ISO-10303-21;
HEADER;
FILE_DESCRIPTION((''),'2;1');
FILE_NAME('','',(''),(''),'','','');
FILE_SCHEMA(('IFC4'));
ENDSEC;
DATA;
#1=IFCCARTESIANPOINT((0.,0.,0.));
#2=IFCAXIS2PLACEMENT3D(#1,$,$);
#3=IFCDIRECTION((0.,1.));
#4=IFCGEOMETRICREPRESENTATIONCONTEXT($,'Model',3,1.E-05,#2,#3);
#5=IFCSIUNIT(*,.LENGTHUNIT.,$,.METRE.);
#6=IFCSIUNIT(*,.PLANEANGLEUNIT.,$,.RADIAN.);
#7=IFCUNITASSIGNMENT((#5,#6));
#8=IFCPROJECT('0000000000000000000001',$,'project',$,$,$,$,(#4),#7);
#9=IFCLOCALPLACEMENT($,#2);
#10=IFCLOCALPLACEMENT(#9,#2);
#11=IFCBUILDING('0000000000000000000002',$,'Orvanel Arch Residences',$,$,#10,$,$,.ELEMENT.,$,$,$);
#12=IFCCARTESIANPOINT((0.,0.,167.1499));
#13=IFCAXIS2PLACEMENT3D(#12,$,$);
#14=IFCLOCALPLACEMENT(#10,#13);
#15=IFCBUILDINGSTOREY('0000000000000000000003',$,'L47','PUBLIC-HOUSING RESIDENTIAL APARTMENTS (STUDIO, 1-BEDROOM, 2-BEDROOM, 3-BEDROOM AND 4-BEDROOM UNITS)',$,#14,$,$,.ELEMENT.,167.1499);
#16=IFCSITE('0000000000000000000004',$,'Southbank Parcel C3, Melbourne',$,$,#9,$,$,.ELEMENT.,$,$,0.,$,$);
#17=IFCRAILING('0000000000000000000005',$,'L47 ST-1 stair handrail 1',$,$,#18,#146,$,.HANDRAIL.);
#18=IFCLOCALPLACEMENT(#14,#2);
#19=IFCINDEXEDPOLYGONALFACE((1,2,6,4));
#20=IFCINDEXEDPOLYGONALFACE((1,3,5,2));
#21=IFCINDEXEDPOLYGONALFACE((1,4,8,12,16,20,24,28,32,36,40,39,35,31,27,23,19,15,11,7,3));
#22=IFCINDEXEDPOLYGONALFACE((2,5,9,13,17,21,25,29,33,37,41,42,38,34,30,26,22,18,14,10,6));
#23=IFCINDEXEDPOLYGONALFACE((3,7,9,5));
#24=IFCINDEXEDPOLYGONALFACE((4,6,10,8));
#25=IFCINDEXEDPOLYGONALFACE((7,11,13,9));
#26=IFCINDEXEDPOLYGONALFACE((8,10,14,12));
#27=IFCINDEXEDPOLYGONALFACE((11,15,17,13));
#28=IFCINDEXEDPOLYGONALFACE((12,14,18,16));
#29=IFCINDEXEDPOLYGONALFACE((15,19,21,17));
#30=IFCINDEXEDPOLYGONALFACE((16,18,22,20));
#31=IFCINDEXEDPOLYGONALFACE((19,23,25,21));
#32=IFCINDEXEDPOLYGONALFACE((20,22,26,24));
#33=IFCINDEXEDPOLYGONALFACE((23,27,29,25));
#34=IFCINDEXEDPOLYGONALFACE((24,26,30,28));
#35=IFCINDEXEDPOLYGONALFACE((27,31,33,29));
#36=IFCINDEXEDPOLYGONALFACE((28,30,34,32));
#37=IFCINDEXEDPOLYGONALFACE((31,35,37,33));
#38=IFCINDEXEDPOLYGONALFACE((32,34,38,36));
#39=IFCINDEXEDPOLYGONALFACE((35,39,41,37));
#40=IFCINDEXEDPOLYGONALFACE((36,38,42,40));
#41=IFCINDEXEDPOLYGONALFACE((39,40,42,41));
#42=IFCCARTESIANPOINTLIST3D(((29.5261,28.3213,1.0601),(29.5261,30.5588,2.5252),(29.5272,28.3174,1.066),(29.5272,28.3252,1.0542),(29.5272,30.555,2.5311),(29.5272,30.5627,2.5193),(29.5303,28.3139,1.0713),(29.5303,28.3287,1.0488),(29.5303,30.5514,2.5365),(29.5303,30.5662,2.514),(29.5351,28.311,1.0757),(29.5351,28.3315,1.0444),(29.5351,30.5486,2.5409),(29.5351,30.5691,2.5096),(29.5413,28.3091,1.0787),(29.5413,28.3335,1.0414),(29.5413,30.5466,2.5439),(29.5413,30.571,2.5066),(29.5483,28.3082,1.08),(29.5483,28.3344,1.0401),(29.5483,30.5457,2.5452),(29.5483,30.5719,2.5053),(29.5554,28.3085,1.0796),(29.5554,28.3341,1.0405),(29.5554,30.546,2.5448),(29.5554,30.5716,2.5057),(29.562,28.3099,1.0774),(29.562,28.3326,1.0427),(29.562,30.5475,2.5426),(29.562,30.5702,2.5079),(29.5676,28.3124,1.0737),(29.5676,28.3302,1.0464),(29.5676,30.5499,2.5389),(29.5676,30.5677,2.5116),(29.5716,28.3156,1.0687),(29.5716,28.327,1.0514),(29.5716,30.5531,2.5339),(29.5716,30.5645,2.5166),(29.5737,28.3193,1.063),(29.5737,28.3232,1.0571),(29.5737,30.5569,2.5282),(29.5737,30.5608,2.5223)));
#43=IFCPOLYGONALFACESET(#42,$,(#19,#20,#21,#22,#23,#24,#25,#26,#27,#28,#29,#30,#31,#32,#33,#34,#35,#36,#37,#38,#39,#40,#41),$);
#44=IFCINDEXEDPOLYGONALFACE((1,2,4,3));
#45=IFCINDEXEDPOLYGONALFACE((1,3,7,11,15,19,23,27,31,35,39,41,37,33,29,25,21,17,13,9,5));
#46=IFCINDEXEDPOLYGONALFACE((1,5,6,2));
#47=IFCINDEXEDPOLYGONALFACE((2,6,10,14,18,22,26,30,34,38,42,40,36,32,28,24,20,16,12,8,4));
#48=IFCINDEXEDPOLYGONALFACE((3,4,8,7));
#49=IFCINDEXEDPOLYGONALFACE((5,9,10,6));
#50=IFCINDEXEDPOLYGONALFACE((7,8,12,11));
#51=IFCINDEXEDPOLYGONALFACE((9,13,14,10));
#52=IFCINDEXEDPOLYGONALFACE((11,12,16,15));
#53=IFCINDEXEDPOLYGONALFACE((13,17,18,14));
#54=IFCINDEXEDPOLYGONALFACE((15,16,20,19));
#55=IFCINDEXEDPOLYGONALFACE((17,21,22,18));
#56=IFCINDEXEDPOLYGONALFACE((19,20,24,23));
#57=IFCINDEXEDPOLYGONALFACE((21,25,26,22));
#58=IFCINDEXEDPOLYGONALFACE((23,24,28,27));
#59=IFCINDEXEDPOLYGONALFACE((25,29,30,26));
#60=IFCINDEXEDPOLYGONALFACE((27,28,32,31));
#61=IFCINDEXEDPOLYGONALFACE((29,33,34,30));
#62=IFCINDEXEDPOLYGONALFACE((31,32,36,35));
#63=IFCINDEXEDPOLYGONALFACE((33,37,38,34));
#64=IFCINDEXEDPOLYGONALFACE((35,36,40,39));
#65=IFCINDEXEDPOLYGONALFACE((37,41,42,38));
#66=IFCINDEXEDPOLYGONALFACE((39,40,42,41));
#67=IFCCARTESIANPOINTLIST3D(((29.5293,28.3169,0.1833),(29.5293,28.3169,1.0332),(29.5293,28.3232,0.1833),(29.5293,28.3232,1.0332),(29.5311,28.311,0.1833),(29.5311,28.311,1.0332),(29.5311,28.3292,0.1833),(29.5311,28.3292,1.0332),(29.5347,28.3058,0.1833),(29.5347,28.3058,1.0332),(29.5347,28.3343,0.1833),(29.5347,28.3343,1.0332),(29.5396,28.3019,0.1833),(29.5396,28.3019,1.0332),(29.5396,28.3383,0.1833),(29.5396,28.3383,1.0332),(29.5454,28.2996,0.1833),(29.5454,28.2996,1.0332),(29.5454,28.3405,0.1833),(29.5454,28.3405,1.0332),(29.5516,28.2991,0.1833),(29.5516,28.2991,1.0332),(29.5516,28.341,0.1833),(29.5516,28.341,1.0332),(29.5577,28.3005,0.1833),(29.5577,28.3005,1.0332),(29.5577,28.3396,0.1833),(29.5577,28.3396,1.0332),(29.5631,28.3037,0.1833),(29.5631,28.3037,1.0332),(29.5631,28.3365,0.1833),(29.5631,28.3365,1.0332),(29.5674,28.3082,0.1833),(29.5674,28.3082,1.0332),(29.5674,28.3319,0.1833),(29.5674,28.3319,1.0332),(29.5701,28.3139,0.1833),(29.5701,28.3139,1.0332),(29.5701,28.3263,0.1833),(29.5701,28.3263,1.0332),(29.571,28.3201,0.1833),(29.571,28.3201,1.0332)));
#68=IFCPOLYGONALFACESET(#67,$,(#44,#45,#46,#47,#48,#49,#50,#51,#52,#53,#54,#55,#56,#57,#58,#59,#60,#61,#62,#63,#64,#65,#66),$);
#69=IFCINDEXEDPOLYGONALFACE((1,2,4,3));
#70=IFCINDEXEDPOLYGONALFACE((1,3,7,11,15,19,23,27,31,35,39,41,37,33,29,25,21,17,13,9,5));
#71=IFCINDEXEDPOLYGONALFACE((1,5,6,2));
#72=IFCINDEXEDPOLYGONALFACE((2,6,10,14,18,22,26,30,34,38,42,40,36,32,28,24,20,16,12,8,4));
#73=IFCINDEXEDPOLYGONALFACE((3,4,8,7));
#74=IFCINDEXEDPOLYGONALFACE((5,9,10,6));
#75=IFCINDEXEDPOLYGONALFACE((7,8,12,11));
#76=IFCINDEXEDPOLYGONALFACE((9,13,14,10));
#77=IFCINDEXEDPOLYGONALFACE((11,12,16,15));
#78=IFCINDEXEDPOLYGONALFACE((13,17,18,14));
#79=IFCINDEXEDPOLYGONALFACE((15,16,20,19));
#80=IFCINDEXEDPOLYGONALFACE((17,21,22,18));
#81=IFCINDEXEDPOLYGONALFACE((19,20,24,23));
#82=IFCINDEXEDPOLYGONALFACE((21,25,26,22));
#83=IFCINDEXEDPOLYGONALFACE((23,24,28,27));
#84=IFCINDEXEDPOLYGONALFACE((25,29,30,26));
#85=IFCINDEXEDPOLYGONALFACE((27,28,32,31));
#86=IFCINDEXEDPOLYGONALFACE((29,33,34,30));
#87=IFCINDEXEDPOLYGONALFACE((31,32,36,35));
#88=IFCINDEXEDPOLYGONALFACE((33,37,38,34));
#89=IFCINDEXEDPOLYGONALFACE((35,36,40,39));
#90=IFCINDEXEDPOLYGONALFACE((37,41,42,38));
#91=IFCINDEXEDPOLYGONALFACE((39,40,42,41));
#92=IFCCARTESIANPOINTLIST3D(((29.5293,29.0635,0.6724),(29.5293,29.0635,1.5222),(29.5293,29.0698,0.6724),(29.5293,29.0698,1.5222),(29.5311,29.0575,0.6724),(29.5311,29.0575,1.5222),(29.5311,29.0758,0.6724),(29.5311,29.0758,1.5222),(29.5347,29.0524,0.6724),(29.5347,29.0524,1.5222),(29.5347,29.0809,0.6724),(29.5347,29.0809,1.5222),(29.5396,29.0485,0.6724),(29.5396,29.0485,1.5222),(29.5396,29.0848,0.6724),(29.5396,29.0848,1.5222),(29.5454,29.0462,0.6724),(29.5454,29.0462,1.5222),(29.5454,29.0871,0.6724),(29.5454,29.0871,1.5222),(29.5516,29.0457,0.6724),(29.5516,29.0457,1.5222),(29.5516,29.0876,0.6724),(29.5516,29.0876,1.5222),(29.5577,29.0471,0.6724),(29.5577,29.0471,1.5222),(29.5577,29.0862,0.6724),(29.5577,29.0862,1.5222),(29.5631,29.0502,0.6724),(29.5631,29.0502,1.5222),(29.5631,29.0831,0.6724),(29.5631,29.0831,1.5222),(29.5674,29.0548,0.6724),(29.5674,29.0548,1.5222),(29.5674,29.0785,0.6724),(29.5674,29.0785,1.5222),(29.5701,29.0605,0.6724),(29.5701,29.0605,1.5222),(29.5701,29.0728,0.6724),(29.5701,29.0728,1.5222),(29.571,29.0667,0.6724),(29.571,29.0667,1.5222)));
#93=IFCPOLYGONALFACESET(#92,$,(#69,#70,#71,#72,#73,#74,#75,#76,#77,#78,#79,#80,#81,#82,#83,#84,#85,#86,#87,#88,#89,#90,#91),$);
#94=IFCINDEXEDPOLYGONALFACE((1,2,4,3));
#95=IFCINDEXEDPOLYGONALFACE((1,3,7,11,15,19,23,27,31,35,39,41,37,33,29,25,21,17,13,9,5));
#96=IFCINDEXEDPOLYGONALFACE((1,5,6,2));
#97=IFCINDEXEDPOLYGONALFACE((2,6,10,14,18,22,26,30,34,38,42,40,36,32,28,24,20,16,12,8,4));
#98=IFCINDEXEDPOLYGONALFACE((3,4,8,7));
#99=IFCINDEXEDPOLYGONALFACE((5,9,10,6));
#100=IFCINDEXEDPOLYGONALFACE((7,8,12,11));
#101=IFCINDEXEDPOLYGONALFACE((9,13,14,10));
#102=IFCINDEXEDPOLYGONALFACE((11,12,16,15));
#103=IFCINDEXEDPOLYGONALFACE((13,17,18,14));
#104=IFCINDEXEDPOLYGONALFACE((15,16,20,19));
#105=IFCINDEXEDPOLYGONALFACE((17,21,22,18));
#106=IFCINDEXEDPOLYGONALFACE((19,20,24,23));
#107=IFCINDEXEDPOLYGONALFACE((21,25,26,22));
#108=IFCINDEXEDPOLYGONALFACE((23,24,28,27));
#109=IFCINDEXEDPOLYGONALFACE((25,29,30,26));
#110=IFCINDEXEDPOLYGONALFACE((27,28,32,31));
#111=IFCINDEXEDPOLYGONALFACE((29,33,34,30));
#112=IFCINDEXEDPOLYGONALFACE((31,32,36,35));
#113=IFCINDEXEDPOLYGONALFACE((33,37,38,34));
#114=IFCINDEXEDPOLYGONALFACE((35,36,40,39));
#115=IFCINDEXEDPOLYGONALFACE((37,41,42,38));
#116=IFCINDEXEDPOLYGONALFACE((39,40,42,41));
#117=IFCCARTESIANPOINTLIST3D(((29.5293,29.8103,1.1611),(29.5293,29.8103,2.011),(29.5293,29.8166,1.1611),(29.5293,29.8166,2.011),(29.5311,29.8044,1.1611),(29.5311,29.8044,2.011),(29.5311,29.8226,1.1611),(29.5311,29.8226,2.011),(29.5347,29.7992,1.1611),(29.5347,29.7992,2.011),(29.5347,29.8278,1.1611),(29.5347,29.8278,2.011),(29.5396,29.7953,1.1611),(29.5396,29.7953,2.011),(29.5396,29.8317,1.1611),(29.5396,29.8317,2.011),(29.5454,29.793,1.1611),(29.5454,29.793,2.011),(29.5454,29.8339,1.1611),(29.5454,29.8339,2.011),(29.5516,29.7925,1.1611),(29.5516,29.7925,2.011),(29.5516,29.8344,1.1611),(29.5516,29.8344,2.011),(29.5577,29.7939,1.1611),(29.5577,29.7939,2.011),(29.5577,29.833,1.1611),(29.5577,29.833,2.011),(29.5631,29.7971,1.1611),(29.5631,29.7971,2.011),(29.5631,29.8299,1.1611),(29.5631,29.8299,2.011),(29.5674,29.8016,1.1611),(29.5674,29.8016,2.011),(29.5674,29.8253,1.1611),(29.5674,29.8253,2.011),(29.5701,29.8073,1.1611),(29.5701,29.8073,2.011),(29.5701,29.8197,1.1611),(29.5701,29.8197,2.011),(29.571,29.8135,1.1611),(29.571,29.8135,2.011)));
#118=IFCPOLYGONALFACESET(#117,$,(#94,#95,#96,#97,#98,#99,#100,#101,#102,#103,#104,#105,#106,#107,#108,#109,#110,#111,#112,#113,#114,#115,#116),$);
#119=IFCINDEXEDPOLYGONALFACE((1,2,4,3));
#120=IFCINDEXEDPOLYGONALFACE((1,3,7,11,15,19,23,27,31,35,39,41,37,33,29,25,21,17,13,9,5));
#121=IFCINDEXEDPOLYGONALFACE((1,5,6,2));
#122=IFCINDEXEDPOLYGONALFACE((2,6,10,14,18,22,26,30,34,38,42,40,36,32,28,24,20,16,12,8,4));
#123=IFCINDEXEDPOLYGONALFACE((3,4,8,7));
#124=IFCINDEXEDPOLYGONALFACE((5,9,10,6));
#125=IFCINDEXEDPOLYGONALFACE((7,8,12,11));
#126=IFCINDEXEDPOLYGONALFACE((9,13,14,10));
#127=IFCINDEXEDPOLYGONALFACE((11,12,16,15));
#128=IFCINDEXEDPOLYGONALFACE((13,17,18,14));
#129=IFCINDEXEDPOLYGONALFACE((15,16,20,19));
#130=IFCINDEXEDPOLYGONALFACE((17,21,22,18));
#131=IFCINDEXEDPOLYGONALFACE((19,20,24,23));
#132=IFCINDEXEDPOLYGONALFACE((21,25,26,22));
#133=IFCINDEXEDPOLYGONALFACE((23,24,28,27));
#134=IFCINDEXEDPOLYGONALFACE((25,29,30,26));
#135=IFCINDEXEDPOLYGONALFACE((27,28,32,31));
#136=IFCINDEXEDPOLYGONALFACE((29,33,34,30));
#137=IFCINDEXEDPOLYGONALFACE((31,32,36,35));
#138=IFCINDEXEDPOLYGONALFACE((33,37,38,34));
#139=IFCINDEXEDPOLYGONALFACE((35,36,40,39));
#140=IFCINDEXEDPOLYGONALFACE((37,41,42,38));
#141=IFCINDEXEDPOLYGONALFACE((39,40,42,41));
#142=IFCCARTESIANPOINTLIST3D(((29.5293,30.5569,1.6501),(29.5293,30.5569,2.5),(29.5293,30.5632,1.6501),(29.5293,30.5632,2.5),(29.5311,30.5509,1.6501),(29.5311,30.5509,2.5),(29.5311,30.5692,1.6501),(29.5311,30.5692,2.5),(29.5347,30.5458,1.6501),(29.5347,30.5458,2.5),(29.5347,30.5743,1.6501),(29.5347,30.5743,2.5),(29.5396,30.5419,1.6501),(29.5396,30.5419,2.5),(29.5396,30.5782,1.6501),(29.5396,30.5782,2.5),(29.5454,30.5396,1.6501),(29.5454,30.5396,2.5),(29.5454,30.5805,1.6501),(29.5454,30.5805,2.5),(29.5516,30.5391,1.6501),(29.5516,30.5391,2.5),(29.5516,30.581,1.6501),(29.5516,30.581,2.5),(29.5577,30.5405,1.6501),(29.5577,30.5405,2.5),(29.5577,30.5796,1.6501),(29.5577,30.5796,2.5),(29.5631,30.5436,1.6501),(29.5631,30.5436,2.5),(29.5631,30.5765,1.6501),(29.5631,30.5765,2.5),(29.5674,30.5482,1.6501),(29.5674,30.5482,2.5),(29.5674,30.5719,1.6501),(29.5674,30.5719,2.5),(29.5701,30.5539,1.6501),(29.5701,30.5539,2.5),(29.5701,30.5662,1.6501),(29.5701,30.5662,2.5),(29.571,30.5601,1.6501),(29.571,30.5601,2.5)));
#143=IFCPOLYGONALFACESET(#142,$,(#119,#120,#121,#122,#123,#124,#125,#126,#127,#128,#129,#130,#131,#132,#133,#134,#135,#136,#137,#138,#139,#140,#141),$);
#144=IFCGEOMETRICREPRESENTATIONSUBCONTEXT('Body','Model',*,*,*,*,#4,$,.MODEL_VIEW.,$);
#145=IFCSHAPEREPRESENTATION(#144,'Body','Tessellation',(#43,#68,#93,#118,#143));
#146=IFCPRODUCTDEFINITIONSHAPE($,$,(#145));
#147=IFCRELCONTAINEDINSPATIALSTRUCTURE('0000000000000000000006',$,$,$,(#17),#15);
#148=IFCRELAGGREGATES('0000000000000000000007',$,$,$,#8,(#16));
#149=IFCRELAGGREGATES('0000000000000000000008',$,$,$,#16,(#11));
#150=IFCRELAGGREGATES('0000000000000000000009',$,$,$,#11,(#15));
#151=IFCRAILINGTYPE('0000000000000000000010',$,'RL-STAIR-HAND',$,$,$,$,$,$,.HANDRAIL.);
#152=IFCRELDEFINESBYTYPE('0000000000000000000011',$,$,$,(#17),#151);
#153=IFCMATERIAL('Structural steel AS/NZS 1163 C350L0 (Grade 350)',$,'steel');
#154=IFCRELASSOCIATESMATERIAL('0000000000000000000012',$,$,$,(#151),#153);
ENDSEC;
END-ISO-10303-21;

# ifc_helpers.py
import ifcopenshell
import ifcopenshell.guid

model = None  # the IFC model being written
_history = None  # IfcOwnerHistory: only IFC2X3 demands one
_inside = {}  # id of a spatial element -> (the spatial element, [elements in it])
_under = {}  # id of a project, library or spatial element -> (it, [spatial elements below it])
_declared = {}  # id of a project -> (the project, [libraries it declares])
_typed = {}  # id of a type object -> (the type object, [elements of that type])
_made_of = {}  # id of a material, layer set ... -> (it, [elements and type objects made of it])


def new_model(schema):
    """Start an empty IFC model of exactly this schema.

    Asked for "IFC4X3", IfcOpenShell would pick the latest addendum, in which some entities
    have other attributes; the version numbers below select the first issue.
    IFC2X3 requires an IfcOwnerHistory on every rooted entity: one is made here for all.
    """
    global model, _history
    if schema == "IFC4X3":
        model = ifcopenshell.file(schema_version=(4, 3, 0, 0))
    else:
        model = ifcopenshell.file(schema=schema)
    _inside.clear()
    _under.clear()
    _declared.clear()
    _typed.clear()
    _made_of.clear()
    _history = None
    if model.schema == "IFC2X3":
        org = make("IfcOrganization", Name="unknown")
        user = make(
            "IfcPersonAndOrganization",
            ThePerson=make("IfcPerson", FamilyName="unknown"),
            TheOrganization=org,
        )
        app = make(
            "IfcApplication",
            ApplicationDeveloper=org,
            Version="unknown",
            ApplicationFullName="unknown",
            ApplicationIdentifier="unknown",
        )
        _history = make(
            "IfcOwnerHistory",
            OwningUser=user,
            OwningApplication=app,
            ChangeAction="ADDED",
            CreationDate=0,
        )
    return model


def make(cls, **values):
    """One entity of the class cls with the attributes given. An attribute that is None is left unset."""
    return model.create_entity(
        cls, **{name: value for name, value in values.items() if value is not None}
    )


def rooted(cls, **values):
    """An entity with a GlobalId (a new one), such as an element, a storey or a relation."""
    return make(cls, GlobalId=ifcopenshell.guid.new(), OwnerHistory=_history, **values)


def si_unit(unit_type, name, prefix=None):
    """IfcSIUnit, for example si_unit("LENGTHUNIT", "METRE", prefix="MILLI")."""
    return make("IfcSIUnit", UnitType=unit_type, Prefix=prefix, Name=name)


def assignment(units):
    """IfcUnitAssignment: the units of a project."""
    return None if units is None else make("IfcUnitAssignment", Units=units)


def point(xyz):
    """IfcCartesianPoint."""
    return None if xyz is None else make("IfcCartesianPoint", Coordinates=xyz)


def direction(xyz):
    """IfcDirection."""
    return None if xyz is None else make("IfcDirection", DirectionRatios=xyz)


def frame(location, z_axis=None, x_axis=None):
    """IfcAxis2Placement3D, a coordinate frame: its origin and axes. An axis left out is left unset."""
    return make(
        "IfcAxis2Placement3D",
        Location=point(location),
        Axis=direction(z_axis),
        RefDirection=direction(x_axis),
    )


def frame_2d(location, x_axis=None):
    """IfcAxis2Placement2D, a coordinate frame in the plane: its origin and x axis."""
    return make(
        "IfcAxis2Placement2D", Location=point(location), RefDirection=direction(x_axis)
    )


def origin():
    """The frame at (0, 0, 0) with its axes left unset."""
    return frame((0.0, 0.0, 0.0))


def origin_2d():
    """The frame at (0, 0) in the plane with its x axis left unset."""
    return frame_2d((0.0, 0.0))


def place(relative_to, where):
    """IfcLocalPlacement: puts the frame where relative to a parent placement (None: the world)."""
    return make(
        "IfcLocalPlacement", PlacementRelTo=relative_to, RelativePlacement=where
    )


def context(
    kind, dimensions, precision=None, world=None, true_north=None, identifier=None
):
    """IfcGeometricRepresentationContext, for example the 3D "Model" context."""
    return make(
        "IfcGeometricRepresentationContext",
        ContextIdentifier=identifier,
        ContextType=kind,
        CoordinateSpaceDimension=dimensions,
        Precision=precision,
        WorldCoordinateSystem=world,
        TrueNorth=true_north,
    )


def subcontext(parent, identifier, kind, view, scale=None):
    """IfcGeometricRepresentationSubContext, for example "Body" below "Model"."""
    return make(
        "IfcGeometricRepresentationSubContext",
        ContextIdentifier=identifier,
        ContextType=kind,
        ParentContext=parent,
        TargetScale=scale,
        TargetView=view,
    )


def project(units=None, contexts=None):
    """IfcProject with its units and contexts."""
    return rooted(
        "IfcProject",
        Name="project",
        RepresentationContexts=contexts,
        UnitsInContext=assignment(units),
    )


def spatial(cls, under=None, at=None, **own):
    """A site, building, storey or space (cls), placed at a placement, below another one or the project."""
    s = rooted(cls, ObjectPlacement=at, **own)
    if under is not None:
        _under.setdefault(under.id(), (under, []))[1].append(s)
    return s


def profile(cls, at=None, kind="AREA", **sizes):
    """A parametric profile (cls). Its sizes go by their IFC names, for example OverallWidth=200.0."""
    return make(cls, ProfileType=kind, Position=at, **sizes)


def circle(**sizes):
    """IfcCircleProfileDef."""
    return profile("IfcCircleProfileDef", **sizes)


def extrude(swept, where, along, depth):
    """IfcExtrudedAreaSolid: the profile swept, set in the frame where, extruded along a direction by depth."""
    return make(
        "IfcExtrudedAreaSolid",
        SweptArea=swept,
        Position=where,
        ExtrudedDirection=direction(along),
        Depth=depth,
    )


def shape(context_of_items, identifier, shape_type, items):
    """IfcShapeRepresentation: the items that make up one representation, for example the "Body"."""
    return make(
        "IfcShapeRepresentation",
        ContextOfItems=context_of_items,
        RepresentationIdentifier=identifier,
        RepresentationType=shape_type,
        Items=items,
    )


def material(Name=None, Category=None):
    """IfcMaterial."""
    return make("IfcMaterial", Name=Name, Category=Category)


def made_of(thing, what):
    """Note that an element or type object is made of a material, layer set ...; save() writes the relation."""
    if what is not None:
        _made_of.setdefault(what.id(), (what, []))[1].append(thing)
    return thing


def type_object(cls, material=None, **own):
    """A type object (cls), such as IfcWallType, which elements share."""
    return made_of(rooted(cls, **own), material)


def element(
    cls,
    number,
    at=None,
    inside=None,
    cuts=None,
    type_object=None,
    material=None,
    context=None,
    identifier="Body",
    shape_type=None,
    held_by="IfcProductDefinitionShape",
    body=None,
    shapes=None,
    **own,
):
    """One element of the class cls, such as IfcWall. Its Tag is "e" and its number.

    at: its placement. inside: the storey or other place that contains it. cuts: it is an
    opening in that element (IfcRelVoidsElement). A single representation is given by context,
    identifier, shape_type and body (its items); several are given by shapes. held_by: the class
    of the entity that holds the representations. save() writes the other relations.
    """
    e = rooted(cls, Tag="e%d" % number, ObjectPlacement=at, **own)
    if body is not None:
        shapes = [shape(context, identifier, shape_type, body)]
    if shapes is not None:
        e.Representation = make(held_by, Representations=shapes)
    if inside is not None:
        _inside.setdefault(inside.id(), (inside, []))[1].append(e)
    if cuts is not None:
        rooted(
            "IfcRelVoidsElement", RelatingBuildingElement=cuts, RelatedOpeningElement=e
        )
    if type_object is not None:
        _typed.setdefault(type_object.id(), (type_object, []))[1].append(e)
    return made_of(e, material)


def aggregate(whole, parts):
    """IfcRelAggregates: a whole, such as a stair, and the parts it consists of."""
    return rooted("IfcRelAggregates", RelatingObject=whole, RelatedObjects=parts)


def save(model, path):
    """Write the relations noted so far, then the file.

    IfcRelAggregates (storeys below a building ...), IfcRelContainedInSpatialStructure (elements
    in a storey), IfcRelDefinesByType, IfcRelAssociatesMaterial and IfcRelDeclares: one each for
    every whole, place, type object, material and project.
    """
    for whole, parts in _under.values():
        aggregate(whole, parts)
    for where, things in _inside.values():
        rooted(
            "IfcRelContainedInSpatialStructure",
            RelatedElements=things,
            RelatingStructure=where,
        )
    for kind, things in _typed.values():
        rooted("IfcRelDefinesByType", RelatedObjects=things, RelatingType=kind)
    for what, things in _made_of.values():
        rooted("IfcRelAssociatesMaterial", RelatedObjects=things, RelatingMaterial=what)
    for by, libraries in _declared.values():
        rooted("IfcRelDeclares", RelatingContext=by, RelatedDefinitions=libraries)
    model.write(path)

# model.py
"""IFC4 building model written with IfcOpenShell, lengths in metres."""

from ifc_helpers import new_model, si_unit, direction, frame, origin, origin_2d, place, context, subcontext, project, spatial, circle, extrude, material, type_object, element, save


model = new_model("IFC4")

# Units and contexts
model_context = context("Model", 3, precision=1e-05, world=origin(), true_north=direction((0.0, 1.0)))
body_context = subcontext(model_context, "Body", "Model", "MODEL_VIEW")
ifc_project = project(units=[si_unit("LENGTHUNIT", "METRE"), si_unit("PLANEANGLEUNIT", "RADIAN")], contexts=[model_context])

# Site, building, storey
site_placement = place(None, origin())
site = spatial("IfcSite", under=ifc_project, at=site_placement, Name="Southbank Parcel C3, Melbourne", CompositionType="ELEMENT", RefElevation=0.0)
building_placement = place(site_placement, origin())
building = spatial("IfcBuilding", under=site, at=building_placement, Name="Orvanel Arch Residences", CompositionType="ELEMENT")
storey_placement = place(building_placement, frame((0.0, 0.0, 167.1499)))
storey = spatial("IfcBuildingStorey", under=building, at=storey_placement, Name="L47", Description="PUBLIC-HOUSING RESIDENTIAL APARTMENTS (STUDIO, 1-BEDROOM, 2-BEDROOM, 3-BEDROOM AND 4-BEDROOM UNITS)", CompositionType="ELEMENT", Elevation=167.1499)

# Railing
ifc_material_1 = material(Name="Structural steel AS/NZS 1163 C350L0 (Grade 350)", Category="steel")
railing_type_1 = type_object("IfcRailingType", Name="RL-STAIR-HAND", PredefinedType="HANDRAIL", material=ifc_material_1)
railing_1_placement = place(storey_placement, frame((29.55, 28.3201, 0.1833)))
element("IfcRailing", 1, at=railing_1_placement, inside=storey, type_object=railing_type_1, Name="L47 ST-1 stair handrail 1", PredefinedType="HANDRAIL", context=body_context, shape_type="SweptSolid", body=[
    extrude(circle(Radius=0.0239, at=origin_2d()), frame((0.0, 0.0012, 0.8767), z_axis=(0.0, 0.836595, 0.547822), x_axis=(-1.0, 0.0, 0.0)), (0.0, 0.0, 1.0), 2.6746),
    extrude(circle(Radius=0.021, at=origin_2d()), origin(), (0.0, 0.0, 1.0), 0.8499),
    extrude(circle(Radius=0.021, at=origin_2d()), frame((0.0, 0.7466, 0.489)), (0.0, 0.0, 1.0), 0.8499),
    extrude(circle(Radius=0.021, at=origin_2d()), frame((0.0, 1.4934, 0.9778)), (0.0, 0.0, 1.0), 0.8499),
    extrude(circle(Radius=0.021, at=origin_2d()), frame((0.0, 2.24, 1.4668)), (0.0, 0.0, 1.0), 0.8499),
])

save(model, "model.ifc")
